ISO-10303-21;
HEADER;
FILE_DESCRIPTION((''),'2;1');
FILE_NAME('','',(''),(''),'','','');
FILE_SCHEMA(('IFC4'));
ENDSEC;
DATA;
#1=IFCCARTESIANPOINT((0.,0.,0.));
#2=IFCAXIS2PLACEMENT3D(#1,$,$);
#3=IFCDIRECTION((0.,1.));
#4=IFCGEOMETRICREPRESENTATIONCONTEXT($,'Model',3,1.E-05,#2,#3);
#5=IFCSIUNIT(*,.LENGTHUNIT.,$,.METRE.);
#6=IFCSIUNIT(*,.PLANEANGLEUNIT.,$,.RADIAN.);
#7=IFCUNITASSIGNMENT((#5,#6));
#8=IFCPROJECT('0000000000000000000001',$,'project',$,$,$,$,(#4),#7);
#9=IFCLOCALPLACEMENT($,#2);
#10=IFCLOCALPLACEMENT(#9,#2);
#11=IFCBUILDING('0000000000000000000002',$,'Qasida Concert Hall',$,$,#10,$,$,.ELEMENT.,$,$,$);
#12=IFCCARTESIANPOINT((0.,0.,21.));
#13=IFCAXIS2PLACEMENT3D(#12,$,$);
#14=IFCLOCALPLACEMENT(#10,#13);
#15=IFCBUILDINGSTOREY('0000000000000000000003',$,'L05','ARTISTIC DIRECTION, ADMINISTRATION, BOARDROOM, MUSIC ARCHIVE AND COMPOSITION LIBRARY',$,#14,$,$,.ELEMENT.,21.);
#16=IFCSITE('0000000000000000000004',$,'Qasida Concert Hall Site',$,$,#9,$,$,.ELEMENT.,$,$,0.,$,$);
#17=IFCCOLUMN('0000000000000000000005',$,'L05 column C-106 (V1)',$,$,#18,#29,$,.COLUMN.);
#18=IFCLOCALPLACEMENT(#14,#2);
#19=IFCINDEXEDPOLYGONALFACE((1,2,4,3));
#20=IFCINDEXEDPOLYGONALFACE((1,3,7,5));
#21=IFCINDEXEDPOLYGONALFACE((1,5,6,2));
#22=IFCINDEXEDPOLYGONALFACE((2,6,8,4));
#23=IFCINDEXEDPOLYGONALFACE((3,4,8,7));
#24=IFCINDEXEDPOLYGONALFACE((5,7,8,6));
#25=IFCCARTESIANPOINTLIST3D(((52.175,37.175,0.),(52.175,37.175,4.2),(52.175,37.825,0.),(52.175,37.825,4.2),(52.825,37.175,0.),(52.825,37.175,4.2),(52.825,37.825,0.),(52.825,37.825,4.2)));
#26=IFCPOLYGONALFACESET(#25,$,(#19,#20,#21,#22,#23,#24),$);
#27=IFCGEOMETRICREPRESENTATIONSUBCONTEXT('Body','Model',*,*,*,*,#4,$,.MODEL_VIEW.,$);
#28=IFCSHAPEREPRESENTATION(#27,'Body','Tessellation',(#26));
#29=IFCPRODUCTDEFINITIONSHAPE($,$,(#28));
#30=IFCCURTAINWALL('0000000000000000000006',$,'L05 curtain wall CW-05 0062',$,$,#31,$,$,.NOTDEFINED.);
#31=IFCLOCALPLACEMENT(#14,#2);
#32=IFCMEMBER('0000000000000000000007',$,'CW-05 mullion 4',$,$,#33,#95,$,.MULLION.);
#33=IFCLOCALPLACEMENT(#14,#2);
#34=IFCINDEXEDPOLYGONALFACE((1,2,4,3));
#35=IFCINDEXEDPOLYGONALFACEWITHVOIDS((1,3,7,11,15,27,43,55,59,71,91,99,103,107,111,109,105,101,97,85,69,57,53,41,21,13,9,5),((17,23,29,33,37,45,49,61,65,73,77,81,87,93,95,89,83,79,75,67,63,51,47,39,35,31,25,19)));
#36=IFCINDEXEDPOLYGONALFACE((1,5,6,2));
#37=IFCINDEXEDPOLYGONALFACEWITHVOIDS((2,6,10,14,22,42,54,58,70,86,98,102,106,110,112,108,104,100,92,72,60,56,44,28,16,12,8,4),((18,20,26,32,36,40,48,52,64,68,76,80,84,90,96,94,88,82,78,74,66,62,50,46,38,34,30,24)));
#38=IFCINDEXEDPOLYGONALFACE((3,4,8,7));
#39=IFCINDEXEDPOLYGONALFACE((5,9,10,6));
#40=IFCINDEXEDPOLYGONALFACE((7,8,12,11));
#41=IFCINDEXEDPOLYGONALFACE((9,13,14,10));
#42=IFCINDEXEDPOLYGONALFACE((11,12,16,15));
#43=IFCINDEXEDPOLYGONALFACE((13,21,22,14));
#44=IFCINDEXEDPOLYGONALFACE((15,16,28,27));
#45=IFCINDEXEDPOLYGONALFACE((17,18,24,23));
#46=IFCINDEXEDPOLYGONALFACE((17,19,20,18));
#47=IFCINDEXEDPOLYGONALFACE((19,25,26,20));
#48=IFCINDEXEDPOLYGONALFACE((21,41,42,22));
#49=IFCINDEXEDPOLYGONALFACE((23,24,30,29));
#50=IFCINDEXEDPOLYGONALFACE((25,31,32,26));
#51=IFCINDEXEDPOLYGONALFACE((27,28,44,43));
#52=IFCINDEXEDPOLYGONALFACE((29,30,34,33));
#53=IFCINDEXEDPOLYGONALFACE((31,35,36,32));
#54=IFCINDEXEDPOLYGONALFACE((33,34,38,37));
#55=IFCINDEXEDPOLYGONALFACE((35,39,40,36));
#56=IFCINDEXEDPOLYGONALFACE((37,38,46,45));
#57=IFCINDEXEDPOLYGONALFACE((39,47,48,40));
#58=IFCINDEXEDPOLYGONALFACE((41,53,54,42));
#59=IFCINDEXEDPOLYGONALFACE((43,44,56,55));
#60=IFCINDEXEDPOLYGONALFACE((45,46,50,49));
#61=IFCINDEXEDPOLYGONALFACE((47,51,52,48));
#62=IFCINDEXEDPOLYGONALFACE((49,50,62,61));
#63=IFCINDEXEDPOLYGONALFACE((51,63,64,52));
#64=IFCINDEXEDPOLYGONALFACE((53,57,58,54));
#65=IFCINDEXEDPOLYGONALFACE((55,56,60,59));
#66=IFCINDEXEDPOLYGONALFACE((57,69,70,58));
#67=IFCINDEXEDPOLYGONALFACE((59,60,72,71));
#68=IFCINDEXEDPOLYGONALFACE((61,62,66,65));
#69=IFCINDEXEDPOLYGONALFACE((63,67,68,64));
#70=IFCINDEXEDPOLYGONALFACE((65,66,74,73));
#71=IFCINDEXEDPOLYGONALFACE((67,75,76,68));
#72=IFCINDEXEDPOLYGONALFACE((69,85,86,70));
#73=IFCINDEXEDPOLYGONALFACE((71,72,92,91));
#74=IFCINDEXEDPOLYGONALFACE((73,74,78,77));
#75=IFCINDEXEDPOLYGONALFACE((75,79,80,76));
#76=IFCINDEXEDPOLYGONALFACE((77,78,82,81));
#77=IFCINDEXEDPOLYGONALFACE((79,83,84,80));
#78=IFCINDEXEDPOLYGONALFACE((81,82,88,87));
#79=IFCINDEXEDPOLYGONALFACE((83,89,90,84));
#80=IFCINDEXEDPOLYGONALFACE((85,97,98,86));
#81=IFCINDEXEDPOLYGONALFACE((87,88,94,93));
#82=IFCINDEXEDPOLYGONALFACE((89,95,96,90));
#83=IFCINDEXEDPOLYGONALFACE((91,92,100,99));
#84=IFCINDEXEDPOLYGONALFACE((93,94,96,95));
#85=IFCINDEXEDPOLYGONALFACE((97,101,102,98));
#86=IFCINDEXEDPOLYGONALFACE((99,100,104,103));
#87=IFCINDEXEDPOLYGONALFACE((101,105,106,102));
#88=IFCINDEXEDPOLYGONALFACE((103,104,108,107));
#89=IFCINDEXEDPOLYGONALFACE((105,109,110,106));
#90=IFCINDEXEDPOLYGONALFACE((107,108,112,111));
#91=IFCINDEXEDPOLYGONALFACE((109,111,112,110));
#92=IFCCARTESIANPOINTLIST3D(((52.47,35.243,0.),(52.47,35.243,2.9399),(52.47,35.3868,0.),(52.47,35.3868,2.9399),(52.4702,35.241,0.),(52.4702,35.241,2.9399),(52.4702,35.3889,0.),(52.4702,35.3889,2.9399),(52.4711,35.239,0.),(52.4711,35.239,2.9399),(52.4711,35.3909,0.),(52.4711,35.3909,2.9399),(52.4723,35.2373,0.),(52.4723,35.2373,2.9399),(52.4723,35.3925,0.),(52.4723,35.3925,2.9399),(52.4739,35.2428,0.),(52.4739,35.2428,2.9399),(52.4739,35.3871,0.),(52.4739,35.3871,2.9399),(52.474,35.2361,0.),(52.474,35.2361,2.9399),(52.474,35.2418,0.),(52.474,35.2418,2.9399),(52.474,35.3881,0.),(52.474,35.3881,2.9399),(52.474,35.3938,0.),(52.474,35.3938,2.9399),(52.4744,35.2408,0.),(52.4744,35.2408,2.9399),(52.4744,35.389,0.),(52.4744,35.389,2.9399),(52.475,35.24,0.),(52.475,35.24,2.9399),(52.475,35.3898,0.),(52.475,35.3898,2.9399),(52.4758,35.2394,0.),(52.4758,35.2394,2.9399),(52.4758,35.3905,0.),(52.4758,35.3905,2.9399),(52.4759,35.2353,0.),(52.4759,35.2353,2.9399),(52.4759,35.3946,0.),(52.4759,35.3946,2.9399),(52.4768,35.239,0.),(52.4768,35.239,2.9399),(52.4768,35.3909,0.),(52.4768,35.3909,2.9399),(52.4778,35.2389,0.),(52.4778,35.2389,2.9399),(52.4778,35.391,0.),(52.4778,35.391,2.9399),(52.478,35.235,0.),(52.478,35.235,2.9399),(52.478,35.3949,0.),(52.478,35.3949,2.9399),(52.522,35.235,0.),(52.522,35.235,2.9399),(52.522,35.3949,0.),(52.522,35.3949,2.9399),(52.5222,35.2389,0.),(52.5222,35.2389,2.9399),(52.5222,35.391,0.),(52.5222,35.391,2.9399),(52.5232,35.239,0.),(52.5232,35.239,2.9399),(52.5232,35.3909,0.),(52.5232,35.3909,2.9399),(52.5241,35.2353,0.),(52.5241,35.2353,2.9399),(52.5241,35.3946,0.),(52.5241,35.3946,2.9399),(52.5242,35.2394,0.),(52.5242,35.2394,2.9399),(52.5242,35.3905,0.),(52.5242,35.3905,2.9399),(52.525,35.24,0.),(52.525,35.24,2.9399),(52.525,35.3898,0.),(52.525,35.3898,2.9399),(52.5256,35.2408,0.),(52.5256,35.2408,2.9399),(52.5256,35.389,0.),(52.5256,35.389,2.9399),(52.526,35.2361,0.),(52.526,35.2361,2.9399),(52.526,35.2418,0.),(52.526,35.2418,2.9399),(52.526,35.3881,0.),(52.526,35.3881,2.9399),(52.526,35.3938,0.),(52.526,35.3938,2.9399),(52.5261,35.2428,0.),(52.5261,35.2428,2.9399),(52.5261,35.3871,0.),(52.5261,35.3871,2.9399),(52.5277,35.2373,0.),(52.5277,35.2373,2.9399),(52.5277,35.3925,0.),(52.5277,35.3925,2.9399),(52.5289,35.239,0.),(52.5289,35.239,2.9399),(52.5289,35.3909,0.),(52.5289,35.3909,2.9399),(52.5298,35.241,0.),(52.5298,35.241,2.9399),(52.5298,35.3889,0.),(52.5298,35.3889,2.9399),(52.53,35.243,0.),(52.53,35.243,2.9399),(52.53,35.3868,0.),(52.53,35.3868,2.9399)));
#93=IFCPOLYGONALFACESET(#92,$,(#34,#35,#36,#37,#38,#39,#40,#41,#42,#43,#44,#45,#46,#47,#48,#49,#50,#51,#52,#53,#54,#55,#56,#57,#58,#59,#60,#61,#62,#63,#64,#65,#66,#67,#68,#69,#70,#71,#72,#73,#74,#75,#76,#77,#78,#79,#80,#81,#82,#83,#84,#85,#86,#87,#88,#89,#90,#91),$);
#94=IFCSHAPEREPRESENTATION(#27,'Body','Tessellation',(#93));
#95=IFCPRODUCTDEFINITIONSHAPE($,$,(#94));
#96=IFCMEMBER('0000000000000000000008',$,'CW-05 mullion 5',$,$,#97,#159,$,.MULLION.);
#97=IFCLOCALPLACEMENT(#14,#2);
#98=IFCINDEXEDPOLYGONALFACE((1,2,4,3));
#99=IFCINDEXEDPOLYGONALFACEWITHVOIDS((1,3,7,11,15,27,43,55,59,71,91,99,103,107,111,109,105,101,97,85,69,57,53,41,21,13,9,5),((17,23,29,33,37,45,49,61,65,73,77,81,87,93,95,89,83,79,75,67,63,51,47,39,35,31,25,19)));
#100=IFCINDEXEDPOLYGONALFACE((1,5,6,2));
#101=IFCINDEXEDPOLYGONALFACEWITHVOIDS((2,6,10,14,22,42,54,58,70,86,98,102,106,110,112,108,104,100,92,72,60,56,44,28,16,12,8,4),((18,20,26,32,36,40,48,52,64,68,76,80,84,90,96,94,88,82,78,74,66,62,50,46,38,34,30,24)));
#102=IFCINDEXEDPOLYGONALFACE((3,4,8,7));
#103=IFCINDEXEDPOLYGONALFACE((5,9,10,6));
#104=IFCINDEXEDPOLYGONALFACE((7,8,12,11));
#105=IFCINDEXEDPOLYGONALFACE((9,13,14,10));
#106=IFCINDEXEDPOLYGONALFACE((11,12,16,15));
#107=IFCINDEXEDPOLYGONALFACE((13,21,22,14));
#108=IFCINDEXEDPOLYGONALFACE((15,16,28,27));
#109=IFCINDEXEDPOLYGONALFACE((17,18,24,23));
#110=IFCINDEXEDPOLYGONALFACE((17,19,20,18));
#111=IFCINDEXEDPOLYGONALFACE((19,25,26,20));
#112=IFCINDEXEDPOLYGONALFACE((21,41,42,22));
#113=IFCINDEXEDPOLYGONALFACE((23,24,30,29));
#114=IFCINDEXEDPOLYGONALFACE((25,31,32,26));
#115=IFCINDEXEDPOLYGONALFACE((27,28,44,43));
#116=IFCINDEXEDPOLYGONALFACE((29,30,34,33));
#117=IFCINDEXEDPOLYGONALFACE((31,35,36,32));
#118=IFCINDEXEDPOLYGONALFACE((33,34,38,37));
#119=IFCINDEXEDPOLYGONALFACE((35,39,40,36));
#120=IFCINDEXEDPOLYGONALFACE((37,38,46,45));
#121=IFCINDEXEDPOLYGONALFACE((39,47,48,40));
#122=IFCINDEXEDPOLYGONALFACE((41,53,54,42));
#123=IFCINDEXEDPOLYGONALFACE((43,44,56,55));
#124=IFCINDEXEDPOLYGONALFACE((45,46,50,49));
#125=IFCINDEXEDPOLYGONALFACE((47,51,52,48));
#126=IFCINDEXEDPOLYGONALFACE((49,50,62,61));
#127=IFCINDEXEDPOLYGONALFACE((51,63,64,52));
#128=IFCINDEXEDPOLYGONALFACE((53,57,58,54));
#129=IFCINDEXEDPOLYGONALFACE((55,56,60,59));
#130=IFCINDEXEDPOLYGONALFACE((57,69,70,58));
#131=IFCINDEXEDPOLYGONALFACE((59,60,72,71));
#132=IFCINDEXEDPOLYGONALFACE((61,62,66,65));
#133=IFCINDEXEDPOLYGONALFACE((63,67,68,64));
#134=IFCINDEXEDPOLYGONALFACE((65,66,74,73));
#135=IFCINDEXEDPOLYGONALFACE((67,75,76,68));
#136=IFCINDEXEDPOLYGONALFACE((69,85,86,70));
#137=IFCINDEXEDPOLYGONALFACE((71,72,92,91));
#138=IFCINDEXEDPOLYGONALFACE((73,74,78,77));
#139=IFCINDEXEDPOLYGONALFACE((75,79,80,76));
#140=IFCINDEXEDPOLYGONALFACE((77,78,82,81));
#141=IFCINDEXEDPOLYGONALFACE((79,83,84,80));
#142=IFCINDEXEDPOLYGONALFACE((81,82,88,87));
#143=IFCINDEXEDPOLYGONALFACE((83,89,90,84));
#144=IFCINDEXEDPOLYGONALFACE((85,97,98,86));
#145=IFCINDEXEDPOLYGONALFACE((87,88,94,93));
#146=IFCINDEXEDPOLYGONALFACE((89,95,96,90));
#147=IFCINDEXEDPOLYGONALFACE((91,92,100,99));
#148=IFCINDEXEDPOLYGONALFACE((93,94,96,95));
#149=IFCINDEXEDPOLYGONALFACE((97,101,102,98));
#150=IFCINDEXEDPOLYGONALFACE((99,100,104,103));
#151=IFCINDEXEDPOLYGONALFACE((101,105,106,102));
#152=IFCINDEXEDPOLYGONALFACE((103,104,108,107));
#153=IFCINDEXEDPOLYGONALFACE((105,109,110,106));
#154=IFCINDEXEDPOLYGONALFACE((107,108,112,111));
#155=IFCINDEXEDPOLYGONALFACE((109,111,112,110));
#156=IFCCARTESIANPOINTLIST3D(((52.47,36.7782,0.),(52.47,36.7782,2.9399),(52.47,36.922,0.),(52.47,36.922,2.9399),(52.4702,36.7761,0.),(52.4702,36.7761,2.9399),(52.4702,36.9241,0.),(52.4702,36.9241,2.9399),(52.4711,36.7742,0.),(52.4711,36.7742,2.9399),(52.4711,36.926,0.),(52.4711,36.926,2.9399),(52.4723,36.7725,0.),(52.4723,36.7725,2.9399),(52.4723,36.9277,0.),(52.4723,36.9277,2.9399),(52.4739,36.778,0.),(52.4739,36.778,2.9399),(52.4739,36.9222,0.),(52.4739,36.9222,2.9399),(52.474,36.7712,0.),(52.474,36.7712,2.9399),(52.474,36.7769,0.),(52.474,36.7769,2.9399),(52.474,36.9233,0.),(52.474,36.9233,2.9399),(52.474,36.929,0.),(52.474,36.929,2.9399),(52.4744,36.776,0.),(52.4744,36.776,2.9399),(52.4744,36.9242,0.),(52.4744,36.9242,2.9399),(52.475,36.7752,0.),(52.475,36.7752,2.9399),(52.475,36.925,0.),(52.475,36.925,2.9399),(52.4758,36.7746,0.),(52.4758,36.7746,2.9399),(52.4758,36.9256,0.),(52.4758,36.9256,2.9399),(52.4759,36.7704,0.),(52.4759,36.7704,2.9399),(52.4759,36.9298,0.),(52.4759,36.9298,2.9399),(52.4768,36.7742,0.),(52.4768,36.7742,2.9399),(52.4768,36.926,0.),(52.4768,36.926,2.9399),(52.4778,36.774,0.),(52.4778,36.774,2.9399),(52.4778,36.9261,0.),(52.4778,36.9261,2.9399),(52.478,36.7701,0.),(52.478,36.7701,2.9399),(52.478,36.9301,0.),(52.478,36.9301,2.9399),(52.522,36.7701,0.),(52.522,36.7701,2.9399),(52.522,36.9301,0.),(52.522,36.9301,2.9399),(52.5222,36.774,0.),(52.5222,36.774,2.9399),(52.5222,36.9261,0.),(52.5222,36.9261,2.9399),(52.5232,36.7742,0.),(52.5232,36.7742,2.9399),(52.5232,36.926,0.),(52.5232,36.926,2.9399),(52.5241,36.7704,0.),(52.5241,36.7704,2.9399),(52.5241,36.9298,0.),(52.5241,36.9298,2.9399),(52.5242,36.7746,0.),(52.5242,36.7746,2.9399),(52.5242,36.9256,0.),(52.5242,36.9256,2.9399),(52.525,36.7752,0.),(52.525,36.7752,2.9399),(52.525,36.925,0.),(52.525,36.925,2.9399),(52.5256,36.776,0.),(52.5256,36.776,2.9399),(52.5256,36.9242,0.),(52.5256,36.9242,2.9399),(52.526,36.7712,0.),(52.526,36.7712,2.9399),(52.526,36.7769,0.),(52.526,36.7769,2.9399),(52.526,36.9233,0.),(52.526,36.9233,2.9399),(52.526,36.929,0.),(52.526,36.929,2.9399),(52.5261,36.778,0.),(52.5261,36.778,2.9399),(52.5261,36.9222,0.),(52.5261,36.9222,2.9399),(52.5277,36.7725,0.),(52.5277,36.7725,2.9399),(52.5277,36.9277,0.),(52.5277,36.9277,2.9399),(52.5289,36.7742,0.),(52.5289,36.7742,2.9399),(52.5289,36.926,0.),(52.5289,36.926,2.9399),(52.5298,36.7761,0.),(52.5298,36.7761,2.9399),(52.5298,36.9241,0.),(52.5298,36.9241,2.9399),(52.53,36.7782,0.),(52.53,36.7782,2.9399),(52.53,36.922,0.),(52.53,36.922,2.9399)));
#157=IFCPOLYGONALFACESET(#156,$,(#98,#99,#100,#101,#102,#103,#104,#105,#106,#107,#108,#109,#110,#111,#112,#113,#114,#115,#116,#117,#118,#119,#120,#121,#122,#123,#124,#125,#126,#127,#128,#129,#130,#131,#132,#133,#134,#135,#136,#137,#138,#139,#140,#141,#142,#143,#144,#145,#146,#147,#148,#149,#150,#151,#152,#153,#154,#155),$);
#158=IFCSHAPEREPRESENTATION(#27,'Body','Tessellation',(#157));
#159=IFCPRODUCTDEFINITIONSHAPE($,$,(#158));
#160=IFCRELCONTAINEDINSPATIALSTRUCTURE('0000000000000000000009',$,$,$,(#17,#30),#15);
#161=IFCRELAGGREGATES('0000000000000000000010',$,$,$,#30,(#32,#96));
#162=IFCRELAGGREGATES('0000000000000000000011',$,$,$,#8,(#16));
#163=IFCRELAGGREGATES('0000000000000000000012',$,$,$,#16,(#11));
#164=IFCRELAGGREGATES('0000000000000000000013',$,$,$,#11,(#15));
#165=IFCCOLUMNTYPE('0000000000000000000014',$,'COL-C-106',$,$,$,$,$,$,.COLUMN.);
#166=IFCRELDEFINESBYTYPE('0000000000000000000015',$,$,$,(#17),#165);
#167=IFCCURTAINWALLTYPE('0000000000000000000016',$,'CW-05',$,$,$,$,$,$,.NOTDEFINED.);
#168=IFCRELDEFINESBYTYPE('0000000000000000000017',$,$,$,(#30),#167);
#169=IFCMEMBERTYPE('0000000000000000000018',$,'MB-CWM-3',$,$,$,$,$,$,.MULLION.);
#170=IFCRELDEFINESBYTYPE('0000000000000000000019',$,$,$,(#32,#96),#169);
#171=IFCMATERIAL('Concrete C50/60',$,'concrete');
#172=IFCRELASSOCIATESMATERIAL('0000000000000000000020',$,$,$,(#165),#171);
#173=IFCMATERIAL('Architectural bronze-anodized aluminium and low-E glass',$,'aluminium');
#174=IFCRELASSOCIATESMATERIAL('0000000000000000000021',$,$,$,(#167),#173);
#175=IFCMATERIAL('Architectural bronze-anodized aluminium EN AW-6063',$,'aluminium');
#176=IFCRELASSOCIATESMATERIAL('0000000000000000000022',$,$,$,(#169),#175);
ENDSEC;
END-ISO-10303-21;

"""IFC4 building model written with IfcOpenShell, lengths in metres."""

from ifc_helpers import new_model, si_unit, direction, frame, origin, origin_2d, place, context, subcontext, project, spatial, rectangle, hollow_rectangle, extrude, material, material_profile, profile_set, type_object, element, aggregate, save


model = new_model("IFC4")

# Units and contexts
model_context = context("Model", 3, precision=1e-05, world=origin(), true_north=direction((0.0, 1.0)))
body_context = subcontext(model_context, "Body", "Model", "MODEL_VIEW")
ifc_project = project(units=[si_unit("LENGTHUNIT", "METRE"), si_unit("PLANEANGLEUNIT", "RADIAN")], contexts=[model_context])

# Site, building, storey
site_placement = place(None, origin())
site = spatial("IfcSite", under=ifc_project, at=site_placement, Name="Qasida Concert Hall Site", CompositionType="ELEMENT", RefElevation=0.0)
building_placement = place(site_placement, origin())
building = spatial("IfcBuilding", under=site, at=building_placement, Name="Qasida Concert Hall", CompositionType="ELEMENT")
storey_placement = place(building_placement, frame((0.0, 0.0, 21.0)))
storey = spatial("IfcBuildingStorey", under=building, at=storey_placement, Name="L05", Description="ARTISTIC DIRECTION, ADMINISTRATION, BOARDROOM, MUSIC ARCHIVE AND COMPOSITION LIBRARY", CompositionType="ELEMENT", Elevation=21.0)

# Column
ifc_material_1 = material(Name="Concrete C50/60", Category="concrete")
ifc_material_profile_1 = material_profile(ifc_material_1, rectangle(XDim=0.6499, YDim=0.6499, at=origin_2d()), Name="RC 650x650")
ifc_profile_set_1 = profile_set([ifc_material_profile_1], Name="Concrete C50/60")
column_type = type_object("IfcColumnType", Name="COL-C-106", PredefinedType="COLUMN", material=ifc_profile_set_1)
column_placement = place(storey_placement, frame((52.5, 37.5, 0.0), z_axis=(0.0, 0.0, 1.0), x_axis=(1.0, 0.0, 0.0)))
element("IfcColumn", 1, at=column_placement, inside=storey, type_object=column_type, Name="L05 column C-106 (V1)", PredefinedType="COLUMN", context=body_context, shape_type="SweptSolid", body=[
    extrude(rectangle(XDim=0.6499, YDim=0.6499, at=origin_2d()), origin(), (0.0, 0.0, 1.0), 4.2),
])

# Curtain wall, members
ifc_material_2 = material(Name="Architectural bronze-anodized aluminium and low-E glass", Category="aluminium")
curtain_wall_type = type_object("IfcCurtainWallType", Name="CW-05", PredefinedType="NOTDEFINED", material=ifc_material_2)
curtain_wall_1_placement = place(storey_placement, origin())
curtain_wall_1 = element("IfcCurtainWall", 2, at=curtain_wall_1_placement, inside=storey, type_object=curtain_wall_type, Name="L05 curtain wall CW-05 0062", PredefinedType="NOTDEFINED")
ifc_material_3 = material(Name="Architectural bronze-anodized aluminium EN AW-6063", Category="aluminium")
ifc_material_profile_2 = material_profile(ifc_material_3, hollow_rectangle(XDim=0.0601, YDim=0.1599, WallThickness=0.0039, InnerFilletRadius=0.0039, OuterFilletRadius=0.0081, at=origin_2d()), Name="CWM 160x60x4")
ifc_profile_set_2 = profile_set([ifc_material_profile_2], Name="Architectural bronze-anodized aluminium EN AW-6063")
member_type_1 = type_object("IfcMemberType", Name="MB-CWM-3", PredefinedType="MULLION", material=ifc_profile_set_2)
member_1_placement = place(storey_placement, frame((52.5, 35.3149, 0.0), z_axis=(0.0, 0.0, 1.0), x_axis=(-1.0, 0.0, 0.0)))
member_1 = element("IfcMember", 3, at=member_1_placement, type_object=member_type_1, Name="CW-05 mullion 4", PredefinedType="MULLION", context=body_context, shape_type="SweptSolid", body=[
    extrude(hollow_rectangle(XDim=0.0601, YDim=0.1599, WallThickness=0.0039, InnerFilletRadius=0.0039, OuterFilletRadius=0.0081, at=origin_2d()), origin(), (0.0, 0.0, 1.0), 2.9399),
])
member_2_placement = place(storey_placement, frame((52.5, 36.8501, 0.0), z_axis=(0.0, 0.0, 1.0), x_axis=(-1.0, 0.0, 0.0)))
member_2 = element("IfcMember", 4, at=member_2_placement, type_object=member_type_1, Name="CW-05 mullion 5", PredefinedType="MULLION", context=body_context, shape_type="SweptSolid", body=[
    extrude(hollow_rectangle(XDim=0.0601, YDim=0.1599, WallThickness=0.0039, InnerFilletRadius=0.0039, OuterFilletRadius=0.0081, at=origin_2d()), origin(), (0.0, 0.0, 1.0), 2.9399),
])

aggregate(curtain_wall_1, [member_1, member_2])

save(model, "model.ifc")
